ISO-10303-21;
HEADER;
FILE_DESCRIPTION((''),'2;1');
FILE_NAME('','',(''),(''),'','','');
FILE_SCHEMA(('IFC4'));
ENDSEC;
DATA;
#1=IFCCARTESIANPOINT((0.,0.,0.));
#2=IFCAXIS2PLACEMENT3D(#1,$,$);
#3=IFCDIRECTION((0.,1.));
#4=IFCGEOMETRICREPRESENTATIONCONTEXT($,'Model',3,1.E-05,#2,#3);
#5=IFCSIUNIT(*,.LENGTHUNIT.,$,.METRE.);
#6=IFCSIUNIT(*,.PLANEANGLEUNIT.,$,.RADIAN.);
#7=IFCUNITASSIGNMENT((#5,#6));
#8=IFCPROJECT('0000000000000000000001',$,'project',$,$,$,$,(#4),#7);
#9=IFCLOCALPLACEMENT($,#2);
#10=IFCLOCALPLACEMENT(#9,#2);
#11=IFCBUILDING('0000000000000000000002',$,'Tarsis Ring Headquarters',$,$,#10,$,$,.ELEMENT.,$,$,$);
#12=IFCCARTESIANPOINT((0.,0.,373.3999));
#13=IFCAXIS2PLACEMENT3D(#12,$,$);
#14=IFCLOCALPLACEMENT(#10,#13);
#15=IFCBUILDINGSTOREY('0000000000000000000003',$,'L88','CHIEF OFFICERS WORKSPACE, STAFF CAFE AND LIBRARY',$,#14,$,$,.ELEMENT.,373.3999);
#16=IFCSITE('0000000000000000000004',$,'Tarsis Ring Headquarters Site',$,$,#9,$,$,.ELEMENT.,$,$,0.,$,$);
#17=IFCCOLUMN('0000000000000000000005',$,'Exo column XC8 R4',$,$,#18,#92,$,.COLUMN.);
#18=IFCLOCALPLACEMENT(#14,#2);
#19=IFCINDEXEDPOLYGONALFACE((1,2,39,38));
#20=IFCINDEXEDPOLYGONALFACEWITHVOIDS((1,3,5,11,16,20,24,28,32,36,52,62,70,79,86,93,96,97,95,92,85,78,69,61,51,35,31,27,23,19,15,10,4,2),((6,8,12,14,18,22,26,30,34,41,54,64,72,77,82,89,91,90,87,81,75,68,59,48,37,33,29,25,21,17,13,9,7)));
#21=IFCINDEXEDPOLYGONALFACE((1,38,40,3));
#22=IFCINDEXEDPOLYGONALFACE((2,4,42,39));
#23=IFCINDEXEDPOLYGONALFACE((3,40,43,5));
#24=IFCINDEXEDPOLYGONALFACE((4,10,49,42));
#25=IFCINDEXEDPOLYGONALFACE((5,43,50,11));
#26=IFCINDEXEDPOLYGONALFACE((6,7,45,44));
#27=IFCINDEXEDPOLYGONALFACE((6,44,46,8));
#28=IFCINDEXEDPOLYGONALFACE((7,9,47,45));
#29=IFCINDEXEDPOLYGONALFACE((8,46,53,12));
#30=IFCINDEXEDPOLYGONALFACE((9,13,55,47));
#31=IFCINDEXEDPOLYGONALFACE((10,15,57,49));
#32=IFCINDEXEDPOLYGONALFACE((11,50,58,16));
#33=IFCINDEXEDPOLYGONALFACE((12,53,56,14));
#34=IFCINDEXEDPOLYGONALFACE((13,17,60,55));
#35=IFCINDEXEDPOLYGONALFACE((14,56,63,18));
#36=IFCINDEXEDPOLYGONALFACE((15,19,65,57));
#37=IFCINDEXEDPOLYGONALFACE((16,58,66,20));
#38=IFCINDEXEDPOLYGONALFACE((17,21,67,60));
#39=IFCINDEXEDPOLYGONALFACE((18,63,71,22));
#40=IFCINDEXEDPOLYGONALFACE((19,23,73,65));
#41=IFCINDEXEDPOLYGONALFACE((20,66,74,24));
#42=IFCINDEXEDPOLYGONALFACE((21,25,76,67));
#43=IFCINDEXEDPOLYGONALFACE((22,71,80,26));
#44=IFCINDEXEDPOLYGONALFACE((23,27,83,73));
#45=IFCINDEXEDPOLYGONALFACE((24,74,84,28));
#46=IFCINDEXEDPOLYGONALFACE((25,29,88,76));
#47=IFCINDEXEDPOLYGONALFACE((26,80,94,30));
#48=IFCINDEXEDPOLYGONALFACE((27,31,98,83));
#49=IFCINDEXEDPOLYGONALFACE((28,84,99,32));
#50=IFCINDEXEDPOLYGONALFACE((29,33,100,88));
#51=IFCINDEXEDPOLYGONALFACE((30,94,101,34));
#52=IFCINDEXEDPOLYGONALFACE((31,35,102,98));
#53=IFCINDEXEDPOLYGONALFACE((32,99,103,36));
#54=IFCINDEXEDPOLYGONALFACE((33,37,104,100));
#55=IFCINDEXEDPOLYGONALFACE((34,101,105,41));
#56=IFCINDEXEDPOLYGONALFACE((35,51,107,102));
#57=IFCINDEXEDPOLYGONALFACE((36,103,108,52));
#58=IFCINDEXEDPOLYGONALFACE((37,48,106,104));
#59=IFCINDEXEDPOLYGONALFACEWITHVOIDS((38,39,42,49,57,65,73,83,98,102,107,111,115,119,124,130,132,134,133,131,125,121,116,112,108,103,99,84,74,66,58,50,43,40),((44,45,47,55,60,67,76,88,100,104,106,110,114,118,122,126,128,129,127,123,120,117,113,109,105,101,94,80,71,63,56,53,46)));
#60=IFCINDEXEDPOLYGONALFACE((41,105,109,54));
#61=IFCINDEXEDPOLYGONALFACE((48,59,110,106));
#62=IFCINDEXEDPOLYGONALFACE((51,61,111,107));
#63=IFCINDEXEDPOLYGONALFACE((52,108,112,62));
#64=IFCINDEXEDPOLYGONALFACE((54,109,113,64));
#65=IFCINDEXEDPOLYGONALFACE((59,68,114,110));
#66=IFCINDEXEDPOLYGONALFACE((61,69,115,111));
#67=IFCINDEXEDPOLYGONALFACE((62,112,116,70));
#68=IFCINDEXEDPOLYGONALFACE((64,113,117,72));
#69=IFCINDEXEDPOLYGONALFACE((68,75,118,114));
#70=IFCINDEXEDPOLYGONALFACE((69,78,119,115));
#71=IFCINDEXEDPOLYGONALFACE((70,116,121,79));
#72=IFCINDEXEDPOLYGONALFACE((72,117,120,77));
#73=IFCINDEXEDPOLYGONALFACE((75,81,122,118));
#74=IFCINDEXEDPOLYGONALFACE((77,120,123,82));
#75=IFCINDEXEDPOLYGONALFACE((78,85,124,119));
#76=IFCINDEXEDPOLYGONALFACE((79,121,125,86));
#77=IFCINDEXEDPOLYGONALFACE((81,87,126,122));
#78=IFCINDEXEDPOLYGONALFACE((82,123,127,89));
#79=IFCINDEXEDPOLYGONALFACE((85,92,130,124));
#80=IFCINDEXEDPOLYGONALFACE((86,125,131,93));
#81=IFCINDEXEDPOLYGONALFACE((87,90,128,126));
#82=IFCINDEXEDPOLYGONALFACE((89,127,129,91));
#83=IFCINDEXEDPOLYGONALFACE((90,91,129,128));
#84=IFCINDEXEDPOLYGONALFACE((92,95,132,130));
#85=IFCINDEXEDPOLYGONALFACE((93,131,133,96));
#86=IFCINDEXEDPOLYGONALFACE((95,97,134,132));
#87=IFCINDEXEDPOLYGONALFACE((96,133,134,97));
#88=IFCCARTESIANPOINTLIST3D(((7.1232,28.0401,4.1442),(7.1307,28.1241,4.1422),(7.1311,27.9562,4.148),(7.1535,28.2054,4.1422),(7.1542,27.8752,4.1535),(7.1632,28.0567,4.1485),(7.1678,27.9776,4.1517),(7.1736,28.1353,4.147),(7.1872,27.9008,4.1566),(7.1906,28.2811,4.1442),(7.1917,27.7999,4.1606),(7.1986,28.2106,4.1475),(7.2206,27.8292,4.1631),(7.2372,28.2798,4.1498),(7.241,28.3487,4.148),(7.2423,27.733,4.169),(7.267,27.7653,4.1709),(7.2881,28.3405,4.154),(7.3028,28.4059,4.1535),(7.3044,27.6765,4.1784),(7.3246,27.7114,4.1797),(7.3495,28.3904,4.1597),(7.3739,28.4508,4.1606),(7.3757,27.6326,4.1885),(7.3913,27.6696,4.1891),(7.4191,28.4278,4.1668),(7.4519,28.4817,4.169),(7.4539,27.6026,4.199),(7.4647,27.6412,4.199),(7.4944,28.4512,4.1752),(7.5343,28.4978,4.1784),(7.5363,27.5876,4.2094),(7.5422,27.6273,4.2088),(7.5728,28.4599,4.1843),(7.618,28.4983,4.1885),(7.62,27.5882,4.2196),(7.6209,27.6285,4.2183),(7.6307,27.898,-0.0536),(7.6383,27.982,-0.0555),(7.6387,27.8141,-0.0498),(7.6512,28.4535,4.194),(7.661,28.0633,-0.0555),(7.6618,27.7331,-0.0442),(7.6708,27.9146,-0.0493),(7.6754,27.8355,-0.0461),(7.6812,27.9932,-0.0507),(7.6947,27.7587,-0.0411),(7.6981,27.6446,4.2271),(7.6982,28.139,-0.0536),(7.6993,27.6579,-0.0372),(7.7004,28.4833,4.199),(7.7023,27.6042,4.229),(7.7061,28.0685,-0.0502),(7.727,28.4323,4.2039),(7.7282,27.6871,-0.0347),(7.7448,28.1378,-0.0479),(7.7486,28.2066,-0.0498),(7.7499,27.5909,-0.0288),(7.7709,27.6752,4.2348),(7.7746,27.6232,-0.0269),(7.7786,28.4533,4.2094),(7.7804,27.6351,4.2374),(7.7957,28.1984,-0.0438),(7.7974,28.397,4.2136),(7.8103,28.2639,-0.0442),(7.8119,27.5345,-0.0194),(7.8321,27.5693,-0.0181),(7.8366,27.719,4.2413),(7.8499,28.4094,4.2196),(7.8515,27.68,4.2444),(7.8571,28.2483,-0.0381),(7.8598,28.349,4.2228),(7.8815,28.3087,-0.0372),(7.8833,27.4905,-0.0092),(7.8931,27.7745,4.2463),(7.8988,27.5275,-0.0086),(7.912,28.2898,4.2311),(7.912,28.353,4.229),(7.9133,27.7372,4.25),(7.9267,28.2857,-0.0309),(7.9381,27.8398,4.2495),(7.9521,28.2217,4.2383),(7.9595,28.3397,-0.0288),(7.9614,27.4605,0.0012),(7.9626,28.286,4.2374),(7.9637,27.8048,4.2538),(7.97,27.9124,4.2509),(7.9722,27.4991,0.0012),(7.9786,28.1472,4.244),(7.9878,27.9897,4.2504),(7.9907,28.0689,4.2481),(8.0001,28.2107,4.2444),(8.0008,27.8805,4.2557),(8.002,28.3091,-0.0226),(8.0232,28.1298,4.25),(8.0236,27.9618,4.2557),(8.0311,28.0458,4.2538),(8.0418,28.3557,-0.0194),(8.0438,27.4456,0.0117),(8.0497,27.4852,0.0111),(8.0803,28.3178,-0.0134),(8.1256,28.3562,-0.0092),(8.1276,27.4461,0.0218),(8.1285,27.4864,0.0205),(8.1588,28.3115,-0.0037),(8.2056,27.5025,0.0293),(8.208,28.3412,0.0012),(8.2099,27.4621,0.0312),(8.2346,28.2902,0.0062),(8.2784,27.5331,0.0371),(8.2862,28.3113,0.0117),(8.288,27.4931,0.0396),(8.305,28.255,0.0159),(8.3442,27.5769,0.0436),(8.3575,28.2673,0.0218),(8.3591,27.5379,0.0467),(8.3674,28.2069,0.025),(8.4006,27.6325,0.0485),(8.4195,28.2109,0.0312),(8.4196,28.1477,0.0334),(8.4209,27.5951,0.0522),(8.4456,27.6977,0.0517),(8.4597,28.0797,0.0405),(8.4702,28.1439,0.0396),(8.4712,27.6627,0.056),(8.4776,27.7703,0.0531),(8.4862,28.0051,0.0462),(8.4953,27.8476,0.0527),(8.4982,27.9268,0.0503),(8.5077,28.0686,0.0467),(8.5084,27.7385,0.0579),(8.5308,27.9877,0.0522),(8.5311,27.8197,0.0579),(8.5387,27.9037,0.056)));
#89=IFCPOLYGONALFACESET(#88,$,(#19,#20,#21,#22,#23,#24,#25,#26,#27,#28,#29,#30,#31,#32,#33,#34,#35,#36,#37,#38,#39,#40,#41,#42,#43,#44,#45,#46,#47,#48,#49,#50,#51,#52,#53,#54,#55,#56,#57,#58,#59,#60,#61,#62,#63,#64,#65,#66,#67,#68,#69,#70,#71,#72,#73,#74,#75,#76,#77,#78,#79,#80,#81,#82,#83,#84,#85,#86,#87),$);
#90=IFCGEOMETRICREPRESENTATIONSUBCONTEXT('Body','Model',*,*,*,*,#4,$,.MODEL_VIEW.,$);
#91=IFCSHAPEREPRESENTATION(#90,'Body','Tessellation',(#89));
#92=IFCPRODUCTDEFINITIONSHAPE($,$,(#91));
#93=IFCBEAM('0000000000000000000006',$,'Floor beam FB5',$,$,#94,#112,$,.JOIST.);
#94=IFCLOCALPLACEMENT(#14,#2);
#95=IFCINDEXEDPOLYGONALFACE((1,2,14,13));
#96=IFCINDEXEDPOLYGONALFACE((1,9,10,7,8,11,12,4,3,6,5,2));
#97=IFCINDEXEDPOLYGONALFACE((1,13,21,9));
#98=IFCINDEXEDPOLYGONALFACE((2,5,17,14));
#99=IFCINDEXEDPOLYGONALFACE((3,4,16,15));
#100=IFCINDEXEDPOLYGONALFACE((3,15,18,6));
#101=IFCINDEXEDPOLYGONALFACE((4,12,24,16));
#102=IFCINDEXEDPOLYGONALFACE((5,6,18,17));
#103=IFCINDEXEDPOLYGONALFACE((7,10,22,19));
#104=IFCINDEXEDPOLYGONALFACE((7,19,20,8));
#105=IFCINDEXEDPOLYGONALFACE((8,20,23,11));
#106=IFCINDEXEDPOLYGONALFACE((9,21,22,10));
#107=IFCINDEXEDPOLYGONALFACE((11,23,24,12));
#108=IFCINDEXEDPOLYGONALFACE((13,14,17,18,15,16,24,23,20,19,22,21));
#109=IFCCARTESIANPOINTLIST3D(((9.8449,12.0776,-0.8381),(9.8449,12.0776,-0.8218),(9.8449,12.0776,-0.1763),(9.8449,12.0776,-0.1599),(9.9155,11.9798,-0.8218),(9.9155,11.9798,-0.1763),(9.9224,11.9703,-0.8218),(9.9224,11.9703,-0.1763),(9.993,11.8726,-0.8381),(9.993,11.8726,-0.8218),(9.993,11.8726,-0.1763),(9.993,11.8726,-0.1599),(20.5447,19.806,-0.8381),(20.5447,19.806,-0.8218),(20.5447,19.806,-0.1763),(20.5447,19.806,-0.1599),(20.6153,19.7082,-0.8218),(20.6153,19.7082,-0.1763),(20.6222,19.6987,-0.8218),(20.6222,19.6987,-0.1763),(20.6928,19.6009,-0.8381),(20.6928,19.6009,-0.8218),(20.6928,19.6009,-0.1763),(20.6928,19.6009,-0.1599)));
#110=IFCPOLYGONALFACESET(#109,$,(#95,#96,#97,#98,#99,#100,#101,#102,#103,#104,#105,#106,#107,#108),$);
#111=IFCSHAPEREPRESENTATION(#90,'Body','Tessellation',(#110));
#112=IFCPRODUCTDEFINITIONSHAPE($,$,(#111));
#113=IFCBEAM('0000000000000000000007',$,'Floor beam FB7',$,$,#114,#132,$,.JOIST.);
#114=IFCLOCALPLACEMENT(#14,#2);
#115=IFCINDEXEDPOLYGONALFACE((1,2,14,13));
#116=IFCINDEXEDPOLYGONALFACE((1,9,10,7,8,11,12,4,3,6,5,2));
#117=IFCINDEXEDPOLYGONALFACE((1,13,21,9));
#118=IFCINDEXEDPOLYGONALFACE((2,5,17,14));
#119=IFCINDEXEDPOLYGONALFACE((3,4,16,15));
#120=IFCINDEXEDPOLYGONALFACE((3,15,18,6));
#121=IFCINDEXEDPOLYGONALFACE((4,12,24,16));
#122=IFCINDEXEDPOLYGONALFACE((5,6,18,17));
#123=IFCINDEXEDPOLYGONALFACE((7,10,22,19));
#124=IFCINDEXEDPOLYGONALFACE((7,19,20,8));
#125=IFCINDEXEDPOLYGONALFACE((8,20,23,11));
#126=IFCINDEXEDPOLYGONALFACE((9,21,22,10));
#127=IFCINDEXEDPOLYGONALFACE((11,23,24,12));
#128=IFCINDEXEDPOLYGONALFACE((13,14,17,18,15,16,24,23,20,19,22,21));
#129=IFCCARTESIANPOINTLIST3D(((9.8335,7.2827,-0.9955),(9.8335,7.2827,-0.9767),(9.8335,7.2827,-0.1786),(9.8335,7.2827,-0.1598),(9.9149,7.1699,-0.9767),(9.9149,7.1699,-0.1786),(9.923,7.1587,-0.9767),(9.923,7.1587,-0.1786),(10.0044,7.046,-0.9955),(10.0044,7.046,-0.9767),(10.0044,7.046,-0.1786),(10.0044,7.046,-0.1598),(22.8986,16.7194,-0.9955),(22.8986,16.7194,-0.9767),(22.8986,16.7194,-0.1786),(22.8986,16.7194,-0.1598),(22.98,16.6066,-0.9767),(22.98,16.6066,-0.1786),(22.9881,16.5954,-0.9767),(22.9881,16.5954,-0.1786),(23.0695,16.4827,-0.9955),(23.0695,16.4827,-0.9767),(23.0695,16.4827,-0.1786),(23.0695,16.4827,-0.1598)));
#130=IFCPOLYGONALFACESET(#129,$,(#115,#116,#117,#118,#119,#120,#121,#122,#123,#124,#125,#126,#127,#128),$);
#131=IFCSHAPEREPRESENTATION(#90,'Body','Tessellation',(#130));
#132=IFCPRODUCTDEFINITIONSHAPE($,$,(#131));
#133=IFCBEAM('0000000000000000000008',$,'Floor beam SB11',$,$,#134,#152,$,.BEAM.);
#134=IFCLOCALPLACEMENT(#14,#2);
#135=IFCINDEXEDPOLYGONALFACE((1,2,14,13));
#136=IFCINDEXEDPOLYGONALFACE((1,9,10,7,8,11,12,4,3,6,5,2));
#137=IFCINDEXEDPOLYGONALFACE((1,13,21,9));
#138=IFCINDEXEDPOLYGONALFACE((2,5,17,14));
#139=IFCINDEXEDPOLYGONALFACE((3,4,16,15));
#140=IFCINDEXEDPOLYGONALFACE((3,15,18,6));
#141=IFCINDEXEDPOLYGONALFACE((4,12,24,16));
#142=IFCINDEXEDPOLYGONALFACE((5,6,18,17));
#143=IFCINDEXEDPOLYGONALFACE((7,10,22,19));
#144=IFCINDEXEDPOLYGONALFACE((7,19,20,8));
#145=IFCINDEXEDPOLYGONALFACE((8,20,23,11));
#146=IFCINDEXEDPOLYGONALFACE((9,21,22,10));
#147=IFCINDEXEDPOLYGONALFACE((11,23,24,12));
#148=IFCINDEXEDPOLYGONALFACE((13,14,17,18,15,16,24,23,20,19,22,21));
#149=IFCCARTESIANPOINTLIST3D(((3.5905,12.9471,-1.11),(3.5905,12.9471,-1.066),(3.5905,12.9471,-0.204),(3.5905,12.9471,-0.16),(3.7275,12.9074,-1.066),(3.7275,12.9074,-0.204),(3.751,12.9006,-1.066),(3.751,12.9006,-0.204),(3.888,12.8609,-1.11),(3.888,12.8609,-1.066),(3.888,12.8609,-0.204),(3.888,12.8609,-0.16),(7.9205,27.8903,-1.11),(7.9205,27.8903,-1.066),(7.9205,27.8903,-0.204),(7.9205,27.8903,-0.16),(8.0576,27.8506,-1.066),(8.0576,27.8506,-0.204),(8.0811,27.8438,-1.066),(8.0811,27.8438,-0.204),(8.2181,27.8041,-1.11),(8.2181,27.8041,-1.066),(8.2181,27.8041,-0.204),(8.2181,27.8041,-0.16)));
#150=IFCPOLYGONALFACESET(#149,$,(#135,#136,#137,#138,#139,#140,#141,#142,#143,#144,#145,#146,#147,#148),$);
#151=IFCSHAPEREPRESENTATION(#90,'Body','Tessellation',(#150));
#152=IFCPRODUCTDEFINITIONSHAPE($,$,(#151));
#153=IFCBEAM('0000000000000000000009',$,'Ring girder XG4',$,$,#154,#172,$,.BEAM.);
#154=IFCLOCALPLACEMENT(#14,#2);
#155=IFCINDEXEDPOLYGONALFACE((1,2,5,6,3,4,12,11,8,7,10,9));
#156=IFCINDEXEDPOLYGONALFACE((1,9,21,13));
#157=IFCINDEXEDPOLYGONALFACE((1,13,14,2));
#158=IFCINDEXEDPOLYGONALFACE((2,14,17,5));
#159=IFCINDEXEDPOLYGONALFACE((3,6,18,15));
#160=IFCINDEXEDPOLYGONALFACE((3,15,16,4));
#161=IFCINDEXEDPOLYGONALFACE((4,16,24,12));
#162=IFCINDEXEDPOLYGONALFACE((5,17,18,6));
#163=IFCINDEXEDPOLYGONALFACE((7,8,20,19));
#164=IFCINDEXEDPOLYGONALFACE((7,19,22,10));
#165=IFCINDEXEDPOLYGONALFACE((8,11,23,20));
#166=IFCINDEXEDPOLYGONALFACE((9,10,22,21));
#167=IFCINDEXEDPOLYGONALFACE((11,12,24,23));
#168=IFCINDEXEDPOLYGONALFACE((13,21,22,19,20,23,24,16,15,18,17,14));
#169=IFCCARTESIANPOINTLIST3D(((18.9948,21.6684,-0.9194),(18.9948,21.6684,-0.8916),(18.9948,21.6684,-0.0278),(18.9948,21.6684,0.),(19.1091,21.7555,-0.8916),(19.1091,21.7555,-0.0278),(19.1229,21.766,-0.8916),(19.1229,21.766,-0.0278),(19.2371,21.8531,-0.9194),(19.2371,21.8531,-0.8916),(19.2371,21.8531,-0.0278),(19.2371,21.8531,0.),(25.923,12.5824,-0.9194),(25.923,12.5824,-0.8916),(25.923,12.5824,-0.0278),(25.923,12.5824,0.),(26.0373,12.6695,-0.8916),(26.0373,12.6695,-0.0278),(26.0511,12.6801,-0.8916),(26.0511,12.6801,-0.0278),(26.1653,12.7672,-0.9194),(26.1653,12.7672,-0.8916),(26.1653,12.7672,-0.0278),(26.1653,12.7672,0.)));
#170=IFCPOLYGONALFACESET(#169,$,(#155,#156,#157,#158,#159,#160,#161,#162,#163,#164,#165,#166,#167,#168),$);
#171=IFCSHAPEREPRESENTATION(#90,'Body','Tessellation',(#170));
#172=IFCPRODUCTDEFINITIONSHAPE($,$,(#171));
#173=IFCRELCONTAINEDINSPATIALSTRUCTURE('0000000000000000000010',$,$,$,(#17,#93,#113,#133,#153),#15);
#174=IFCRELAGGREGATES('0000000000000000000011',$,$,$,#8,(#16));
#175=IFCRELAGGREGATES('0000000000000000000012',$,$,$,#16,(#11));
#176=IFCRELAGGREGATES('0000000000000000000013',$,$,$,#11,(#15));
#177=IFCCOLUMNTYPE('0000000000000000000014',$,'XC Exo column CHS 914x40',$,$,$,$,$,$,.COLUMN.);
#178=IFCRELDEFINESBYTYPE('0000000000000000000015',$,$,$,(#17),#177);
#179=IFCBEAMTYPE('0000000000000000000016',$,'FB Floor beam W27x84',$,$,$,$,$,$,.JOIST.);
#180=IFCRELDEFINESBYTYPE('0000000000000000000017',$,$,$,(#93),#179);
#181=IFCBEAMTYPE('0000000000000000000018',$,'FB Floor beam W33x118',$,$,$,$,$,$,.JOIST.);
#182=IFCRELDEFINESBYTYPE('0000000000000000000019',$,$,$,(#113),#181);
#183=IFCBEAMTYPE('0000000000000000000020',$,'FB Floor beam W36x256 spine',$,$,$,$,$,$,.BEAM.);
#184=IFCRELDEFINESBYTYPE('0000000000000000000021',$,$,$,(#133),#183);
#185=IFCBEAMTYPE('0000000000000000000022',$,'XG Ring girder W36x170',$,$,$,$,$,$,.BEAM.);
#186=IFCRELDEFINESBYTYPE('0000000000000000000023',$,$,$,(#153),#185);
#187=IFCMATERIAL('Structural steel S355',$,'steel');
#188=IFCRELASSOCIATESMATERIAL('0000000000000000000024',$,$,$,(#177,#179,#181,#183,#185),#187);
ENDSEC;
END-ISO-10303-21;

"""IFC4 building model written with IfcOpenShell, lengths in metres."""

from ifc_helpers import new_model, si_unit, direction, frame, origin, origin_2d, place, context, subcontext, project, spatial, hollow_circle, i_section, extrude, material, material_profile, profile_set, type_object, element, save


model = new_model("IFC4")

# Units and contexts
model_context = context("Model", 3, precision=1e-05, world=origin(), true_north=direction((0.0, 1.0)))
body_context = subcontext(model_context, "Body", "Model", "MODEL_VIEW")
ifc_project = project(units=[si_unit("LENGTHUNIT", "METRE"), si_unit("PLANEANGLEUNIT", "RADIAN")], contexts=[model_context])

# Site, building, storey
site_placement = place(None, origin())
site = spatial("IfcSite", under=ifc_project, at=site_placement, Name="Tarsis Ring Headquarters Site", CompositionType="ELEMENT", RefElevation=0.0)
building_placement = place(site_placement, origin())
building = spatial("IfcBuilding", under=site, at=building_placement, Name="Tarsis Ring Headquarters", CompositionType="ELEMENT")
storey_placement = place(building_placement, frame((0.0, 0.0, 373.3999)))
storey = spatial("IfcBuildingStorey", under=building, at=storey_placement, Name="L88", Description="CHIEF OFFICERS WORKSPACE, STAFF CAFE AND LIBRARY", CompositionType="ELEMENT", Elevation=373.3999)

# Column
ifc_material_1 = material(Name="Structural steel S355", Category="steel")
ifc_material_profile_1 = material_profile(ifc_material_1, hollow_circle(Radius=0.457, WallThickness=0.04, at=origin_2d()), Name="CHS 914x40")
ifc_profile_set_1 = profile_set([ifc_material_profile_1], Name="Structural steel S355")
column_type = type_object("IfcColumnType", Name="XC Exo column CHS 914x40", PredefinedType="COLUMN", material=ifc_profile_set_1)
for number, where, z_axis, x_axis, name in (
    (1, (8.0847, 27.9009, 0.0012), (-0.119972, 0.033585, 0.992209), (-0.269578, -0.962978, 0.0), "Exo column XC8 R4"),
):
    element("IfcColumn", number, at=place(storey_placement, frame(where, z_axis=z_axis, x_axis=x_axis)), inside=storey, type_object=column_type, Name=name, PredefinedType="COLUMN", context=body_context, shape_type="SweptSolid", body=[
        extrude(hollow_circle(Radius=0.4573, WallThickness=0.04, at=origin_2d()), origin(), (0.0, 0.0, 1.0), 4.2307),
    ])

# Beams
ifc_material_profile_2 = material_profile(ifc_material_1, i_section(OverallWidth=0.2529, OverallDepth=0.6782, WebThickness=0.0117, FlangeThickness=0.0164, at=origin_2d()), Name="W27x84")
ifc_profile_set_2 = profile_set([ifc_material_profile_2], Name="Structural steel S355")
beam_type_1 = type_object("IfcBeamType", Name="FB Floor beam W27x84", PredefinedType="JOIST", material=ifc_profile_set_2)
beam_1_placement = place(storey_placement, frame((9.9189, 11.9751, -0.499), z_axis=(0.810654, 0.585526, 0.0), x_axis=(-0.585526, 0.810654, 0.0)))
element("IfcBeam", 2, at=beam_1_placement, inside=storey, type_object=beam_type_1, Name="Floor beam FB5", PredefinedType="JOIST", context=body_context, shape_type="SweptSolid", body=[
    extrude(i_section(OverallWidth=0.2529, OverallDepth=0.6782, WebThickness=0.0117, FlangeThickness=0.0164, at=origin_2d()), origin(), (0.0, 0.0, 1.0), 13.199),
])
ifc_material_profile_3 = material_profile(ifc_material_1, i_section(OverallWidth=0.292, OverallDepth=0.8357, WebThickness=0.0139, FlangeThickness=0.0188, at=origin_2d()), Name="W33x118")
ifc_profile_set_3 = profile_set([ifc_material_profile_3], Name="Structural steel S355")
beam_type_2 = type_object("IfcBeamType", Name="FB Floor beam W33x118", PredefinedType="JOIST", material=ifc_profile_set_3)
beam_2_placement = place(storey_placement, frame((9.9189, 7.1643, -0.5776), z_axis=(0.810656, 0.585523, 0.0), x_axis=(-0.585523, 0.810656, 0.0)))
element("IfcBeam", 3, at=beam_2_placement, inside=storey, type_object=beam_type_2, Name="Floor beam FB7", PredefinedType="JOIST", context=body_context, shape_type="SweptSolid", body=[
    extrude(i_section(OverallWidth=0.292, OverallDepth=0.8357, WebThickness=0.0139, FlangeThickness=0.0188, at=origin_2d()), origin(), (0.0, 0.0, 1.0), 16.1167),
])
ifc_material_profile_4 = material_profile(ifc_material_1, i_section(OverallWidth=0.3098, OverallDepth=0.95, WebThickness=0.0244, FlangeThickness=0.0439, at=origin_2d()), Name="W36x256")
ifc_profile_set_4 = profile_set([ifc_material_profile_4], Name="Structural steel S355")
beam_type_3 = type_object("IfcBeamType", Name="FB Floor beam W36x256 spine", PredefinedType="BEAM", material=ifc_profile_set_4)
beam_3_placement = place(storey_placement, frame((8.0693, 27.8472, -0.635), z_axis=(-0.278321, -0.960488, 0.0), x_axis=(0.960488, -0.278321, 0.0)))
element("IfcBeam", 4, at=beam_3_placement, inside=storey, type_object=beam_type_3, Name="Floor beam SB11", PredefinedType="BEAM", context=body_context, shape_type="SweptSolid", body=[
    extrude(i_section(OverallWidth=0.3098, OverallDepth=0.95, WebThickness=0.0244, FlangeThickness=0.0439, at=origin_2d()), origin(), (0.0, 0.0, 1.0), 15.5579),
])
ifc_material_profile_5 = material_profile(ifc_material_1, i_section(OverallWidth=0.3047, OverallDepth=0.9194, WebThickness=0.0173, FlangeThickness=0.0278, at=origin_2d()), Name="W36x170")
ifc_profile_set_5 = profile_set([ifc_material_profile_5], Name="Structural steel S355")
beam_type_4 = type_object("IfcBeamType", Name="XG Ring girder W36x170", PredefinedType="BEAM", material=ifc_profile_set_5)
beam_4_placement = place(storey_placement, frame((26.0442, 12.6748, -0.4597), z_axis=(-0.606353, 0.795195, 0.0), x_axis=(-0.795195, -0.606353, 0.0)))
element("IfcBeam", 5, at=beam_4_placement, inside=storey, type_object=beam_type_4, Name="Ring girder XG4", PredefinedType="BEAM", context=body_context, shape_type="SweptSolid", body=[
    extrude(i_section(OverallWidth=0.3047, OverallDepth=0.9194, WebThickness=0.0173, FlangeThickness=0.0278, at=origin_2d()), origin(), (0.0, 0.0, 1.0), 11.426),
])

save(model, "model.ifc")
